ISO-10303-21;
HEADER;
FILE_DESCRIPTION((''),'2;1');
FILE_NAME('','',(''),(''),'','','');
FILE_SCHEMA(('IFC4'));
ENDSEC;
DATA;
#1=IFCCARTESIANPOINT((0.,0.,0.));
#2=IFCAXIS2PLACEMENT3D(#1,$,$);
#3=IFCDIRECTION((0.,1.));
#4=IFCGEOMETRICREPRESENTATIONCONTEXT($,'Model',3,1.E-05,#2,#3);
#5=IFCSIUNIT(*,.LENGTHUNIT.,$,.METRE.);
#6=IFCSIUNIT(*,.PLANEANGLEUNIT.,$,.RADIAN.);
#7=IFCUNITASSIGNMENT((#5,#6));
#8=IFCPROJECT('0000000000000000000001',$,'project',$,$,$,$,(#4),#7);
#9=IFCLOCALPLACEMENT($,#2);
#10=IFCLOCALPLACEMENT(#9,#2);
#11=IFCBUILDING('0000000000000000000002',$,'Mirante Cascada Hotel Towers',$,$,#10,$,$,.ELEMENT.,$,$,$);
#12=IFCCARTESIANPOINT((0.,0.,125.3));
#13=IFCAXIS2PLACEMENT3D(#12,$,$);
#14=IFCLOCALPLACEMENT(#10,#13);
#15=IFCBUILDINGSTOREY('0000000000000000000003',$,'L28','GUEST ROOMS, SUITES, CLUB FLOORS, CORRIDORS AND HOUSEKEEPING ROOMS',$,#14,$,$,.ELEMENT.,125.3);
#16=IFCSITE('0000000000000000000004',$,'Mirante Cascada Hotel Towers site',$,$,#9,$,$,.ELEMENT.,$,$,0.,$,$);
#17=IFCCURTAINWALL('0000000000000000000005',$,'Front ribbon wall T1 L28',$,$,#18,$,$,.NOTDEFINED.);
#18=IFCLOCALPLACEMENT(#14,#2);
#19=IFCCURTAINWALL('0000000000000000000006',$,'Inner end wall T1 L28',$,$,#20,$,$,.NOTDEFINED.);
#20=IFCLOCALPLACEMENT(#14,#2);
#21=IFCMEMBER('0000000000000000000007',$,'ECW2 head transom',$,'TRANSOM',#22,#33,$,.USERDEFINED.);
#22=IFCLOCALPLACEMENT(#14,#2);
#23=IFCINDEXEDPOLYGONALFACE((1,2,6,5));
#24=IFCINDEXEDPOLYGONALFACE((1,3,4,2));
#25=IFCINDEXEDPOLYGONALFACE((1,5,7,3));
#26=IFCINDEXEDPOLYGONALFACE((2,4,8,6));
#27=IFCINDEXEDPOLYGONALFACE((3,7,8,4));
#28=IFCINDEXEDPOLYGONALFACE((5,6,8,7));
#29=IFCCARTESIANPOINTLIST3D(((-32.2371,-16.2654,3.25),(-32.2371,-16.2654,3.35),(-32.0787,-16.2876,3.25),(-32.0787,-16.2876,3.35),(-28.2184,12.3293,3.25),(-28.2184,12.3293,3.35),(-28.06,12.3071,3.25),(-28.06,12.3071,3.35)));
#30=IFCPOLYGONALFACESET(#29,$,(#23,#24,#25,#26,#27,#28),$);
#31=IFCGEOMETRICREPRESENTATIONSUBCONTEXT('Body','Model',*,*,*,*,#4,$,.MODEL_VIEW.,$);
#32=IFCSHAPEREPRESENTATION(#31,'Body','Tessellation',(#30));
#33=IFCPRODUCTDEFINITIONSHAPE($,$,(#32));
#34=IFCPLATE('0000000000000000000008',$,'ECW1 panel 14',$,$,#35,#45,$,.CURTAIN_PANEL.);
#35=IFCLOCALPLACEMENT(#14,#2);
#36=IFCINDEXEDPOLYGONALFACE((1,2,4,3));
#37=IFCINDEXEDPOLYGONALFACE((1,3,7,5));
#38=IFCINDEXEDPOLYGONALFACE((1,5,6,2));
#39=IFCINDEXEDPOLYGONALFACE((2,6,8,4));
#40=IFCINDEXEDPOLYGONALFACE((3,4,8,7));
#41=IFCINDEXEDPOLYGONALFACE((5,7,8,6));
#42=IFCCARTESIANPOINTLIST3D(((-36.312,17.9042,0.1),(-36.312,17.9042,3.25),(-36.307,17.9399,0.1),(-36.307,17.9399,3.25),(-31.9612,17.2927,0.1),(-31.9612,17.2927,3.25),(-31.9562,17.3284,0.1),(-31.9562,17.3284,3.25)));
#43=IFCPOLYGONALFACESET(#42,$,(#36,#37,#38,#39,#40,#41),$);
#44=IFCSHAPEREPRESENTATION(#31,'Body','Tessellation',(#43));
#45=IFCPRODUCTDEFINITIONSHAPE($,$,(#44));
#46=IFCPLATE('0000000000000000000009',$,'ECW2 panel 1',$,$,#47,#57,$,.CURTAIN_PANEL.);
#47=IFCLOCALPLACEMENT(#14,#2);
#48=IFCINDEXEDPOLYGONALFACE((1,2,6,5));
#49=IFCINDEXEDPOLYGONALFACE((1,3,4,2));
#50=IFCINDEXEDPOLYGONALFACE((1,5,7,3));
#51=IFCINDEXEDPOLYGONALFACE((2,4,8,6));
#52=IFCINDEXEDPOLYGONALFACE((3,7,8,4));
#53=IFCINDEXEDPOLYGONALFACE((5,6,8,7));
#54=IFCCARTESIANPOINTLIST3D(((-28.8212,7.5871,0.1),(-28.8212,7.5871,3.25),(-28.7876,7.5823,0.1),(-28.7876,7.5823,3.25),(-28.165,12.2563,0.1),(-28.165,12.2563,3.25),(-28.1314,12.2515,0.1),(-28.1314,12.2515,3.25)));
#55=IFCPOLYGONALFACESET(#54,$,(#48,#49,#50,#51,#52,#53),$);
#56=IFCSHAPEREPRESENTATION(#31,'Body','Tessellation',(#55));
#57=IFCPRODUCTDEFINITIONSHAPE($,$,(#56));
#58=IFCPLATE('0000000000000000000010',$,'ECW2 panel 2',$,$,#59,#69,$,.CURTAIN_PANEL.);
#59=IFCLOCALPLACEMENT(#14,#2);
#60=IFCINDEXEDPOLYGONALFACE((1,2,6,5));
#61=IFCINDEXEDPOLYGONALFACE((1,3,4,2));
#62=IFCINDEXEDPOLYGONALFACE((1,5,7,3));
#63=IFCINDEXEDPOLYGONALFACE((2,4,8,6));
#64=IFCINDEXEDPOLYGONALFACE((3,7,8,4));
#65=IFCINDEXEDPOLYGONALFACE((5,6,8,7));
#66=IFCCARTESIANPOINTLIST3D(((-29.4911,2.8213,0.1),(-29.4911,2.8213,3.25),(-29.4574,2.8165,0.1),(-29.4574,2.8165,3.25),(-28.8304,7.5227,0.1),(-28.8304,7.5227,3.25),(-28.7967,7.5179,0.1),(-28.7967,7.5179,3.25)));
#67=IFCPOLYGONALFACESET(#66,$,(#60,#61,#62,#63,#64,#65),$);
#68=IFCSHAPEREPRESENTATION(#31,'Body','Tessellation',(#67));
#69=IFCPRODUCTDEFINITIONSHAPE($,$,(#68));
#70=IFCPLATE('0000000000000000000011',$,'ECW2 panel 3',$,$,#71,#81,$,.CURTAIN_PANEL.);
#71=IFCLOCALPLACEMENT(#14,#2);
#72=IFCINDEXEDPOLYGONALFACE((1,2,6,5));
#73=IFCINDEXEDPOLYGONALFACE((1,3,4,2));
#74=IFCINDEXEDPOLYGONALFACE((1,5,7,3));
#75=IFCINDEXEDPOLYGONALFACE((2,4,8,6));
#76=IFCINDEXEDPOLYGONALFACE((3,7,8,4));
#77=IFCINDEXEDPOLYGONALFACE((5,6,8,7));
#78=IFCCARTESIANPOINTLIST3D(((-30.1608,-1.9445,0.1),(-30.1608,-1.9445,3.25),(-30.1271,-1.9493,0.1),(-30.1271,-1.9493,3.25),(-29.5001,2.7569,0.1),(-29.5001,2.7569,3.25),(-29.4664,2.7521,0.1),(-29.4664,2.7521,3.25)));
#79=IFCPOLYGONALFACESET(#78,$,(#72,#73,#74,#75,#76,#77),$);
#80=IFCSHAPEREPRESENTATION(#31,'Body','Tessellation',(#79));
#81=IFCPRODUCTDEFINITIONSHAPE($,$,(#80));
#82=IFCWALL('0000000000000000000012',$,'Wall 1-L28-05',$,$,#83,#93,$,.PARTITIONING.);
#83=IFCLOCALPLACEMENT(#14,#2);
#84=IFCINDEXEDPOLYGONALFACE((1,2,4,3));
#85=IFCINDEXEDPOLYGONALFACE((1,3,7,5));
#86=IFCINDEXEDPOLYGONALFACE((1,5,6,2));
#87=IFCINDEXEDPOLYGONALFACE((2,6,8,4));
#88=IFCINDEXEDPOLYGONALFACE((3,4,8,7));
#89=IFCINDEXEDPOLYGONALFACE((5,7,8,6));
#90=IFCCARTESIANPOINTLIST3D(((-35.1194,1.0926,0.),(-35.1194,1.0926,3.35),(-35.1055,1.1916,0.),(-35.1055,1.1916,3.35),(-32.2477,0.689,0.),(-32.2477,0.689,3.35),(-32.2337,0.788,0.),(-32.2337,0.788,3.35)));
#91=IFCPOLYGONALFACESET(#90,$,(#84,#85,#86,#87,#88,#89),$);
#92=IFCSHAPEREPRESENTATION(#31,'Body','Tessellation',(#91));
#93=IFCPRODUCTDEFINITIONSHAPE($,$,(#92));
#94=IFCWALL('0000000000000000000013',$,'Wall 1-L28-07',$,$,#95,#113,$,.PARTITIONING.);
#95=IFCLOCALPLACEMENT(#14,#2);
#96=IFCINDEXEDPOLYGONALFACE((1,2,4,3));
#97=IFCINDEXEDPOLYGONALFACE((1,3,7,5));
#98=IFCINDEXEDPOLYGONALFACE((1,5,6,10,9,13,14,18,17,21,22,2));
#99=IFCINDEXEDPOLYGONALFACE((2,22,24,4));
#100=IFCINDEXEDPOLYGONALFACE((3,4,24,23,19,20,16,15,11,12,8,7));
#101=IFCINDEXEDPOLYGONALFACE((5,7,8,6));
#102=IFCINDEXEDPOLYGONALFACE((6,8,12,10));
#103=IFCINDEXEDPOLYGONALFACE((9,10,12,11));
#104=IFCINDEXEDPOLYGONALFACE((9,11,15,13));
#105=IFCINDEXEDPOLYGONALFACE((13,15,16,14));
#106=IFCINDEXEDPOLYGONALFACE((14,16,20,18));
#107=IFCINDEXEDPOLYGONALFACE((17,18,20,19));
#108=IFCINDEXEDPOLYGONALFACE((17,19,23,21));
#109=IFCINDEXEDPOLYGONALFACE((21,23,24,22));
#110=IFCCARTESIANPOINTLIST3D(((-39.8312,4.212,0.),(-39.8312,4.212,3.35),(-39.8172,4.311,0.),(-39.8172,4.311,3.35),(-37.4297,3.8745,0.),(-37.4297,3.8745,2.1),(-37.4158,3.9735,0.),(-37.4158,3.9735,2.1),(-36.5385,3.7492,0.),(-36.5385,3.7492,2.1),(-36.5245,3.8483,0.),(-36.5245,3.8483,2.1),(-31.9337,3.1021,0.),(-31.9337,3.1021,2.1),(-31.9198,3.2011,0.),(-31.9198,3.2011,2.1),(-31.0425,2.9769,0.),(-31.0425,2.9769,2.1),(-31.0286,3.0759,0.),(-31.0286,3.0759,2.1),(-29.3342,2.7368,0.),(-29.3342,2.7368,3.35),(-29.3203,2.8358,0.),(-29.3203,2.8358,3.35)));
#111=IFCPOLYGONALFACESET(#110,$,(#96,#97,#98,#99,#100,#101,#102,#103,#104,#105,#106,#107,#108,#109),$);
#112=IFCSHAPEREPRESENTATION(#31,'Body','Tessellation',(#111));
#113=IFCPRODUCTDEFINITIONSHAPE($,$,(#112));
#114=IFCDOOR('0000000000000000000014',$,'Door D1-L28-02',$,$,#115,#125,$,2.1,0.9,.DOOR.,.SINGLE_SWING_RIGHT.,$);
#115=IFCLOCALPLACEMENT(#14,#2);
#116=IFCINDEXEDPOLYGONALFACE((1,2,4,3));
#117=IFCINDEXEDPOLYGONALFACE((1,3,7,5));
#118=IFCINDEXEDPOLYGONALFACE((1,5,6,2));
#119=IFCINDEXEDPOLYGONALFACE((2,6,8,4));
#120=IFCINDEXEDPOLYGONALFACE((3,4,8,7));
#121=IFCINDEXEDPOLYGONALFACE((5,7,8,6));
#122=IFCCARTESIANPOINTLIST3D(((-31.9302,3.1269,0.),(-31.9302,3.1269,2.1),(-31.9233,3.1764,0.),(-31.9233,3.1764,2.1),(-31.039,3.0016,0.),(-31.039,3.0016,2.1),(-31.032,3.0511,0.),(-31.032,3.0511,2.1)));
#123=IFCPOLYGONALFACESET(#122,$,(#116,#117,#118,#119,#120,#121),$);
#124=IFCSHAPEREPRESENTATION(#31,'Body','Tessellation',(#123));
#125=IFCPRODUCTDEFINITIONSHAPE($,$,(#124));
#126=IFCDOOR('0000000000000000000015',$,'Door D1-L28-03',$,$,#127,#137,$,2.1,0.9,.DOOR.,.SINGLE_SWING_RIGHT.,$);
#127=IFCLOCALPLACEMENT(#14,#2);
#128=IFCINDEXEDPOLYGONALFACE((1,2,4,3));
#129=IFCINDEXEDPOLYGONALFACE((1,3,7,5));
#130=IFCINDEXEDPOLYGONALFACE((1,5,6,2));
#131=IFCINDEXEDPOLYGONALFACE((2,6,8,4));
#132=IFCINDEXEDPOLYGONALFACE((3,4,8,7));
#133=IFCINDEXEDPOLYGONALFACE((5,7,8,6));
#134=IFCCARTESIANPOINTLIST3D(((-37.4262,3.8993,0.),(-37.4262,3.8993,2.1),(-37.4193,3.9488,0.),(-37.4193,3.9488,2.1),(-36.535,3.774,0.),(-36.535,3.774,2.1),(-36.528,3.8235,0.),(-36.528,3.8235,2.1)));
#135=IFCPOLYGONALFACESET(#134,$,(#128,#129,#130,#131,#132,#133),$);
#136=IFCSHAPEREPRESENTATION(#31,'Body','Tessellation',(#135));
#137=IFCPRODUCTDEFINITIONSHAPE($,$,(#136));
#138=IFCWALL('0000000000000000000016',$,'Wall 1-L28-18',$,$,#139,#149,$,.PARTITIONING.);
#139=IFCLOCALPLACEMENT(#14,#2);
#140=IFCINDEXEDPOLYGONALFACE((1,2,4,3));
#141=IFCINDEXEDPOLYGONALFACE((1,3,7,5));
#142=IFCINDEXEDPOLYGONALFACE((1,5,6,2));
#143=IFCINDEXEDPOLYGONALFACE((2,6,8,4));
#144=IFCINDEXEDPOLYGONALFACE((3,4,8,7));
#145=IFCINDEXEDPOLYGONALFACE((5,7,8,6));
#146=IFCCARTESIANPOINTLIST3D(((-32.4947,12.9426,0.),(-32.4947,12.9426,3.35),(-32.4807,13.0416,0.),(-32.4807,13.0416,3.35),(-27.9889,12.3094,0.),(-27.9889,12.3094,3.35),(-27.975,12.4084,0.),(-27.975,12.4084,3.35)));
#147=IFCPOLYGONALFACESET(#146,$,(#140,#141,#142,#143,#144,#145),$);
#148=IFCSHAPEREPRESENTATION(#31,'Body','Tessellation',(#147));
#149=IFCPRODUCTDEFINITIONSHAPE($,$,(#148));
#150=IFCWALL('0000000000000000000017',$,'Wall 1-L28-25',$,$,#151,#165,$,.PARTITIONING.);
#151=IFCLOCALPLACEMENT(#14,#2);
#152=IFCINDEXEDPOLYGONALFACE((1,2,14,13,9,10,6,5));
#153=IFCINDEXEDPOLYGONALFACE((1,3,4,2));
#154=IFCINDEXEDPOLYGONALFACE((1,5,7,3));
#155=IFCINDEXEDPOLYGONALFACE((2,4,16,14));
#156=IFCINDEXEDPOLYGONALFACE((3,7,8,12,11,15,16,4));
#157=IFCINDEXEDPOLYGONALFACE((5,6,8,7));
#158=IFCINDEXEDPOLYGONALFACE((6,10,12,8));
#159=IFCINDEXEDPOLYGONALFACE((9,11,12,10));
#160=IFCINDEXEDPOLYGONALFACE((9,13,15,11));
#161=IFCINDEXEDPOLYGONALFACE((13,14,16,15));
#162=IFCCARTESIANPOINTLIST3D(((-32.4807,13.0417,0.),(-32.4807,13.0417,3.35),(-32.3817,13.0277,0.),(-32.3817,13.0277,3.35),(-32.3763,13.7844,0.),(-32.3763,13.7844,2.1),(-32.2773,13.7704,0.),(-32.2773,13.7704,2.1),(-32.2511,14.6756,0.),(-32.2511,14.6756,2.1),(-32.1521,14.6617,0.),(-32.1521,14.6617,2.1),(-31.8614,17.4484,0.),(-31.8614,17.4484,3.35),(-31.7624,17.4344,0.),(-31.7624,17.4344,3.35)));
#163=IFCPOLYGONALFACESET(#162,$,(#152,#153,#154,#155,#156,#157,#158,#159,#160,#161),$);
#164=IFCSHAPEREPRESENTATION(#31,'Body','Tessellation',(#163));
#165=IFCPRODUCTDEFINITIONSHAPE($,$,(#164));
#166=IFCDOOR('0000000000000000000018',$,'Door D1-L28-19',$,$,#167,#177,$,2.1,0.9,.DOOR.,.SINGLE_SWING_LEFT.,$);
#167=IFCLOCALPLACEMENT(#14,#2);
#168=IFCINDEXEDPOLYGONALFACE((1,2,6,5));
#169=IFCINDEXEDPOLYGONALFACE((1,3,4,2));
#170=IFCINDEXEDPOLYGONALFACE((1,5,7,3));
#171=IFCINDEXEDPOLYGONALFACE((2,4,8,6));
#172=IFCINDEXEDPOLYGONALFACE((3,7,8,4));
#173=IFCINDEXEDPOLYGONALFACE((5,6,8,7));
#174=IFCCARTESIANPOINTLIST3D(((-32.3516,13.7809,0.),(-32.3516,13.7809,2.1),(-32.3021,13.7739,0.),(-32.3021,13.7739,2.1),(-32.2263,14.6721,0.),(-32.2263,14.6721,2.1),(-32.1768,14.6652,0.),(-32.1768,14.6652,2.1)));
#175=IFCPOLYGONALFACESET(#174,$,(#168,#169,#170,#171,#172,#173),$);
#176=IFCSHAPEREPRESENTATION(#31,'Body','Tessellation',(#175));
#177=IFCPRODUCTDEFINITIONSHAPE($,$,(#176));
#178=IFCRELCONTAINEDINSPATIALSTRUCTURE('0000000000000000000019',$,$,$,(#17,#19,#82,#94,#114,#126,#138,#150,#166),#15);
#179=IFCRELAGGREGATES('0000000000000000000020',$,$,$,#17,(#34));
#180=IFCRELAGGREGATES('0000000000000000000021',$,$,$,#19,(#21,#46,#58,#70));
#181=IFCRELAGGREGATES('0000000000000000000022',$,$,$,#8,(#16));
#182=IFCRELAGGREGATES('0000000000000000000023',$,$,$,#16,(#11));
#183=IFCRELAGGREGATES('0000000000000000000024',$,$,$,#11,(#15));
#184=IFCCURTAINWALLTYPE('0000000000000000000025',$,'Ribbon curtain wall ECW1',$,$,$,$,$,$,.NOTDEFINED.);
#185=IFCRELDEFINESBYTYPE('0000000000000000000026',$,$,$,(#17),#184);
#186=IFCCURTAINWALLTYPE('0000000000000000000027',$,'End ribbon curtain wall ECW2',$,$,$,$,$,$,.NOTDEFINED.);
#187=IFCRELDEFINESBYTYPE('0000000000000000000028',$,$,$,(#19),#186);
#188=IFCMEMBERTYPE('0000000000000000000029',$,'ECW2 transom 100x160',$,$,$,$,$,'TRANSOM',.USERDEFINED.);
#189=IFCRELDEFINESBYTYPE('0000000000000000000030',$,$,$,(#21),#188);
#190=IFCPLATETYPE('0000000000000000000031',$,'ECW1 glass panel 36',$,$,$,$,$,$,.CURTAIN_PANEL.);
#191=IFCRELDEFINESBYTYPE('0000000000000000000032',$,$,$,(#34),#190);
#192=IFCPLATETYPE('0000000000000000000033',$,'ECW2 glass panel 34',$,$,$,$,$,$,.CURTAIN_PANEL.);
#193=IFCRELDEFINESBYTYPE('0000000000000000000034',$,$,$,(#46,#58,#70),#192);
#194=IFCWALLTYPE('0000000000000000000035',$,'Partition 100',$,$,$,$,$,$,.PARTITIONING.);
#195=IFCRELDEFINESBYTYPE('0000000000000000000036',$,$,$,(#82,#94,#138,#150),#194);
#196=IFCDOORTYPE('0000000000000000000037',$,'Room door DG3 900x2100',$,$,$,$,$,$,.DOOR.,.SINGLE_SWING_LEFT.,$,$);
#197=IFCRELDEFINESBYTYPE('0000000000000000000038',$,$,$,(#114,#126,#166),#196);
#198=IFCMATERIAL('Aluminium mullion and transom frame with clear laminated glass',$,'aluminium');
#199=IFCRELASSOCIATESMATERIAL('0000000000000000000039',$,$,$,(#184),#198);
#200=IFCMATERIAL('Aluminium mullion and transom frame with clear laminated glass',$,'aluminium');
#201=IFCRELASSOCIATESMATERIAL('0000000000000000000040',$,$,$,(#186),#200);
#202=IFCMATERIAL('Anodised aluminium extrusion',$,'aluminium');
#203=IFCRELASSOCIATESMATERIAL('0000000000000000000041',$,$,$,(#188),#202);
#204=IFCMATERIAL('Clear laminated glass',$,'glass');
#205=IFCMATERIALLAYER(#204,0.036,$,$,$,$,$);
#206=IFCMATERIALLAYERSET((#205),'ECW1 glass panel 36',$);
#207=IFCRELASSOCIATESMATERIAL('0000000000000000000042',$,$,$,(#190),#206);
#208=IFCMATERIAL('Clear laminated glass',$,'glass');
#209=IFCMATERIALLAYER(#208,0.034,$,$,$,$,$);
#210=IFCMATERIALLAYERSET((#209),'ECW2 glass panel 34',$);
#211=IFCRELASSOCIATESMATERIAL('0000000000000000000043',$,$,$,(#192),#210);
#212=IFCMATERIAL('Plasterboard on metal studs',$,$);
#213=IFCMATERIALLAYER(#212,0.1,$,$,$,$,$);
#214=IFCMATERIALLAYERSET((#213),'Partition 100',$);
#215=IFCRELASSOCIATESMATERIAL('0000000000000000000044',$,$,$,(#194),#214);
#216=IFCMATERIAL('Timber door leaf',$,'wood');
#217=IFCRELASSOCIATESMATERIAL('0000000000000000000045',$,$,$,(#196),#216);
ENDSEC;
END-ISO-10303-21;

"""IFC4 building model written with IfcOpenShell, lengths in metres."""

from ifc_helpers import new_model, si_unit, direction, frame, frame_2d, origin, origin_2d, place, context, subcontext, project, spatial, rectangle, extrude, material, layer, layer_set, material_profile, profile_set, type_object, element, fill, aggregate, save


model = new_model("IFC4")

# Units and contexts
model_context = context("Model", 3, precision=1e-05, world=origin(), true_north=direction((0.0, 1.0)))
body_context = subcontext(model_context, "Body", "Model", "MODEL_VIEW")
ifc_project = project(units=[si_unit("LENGTHUNIT", "METRE"), si_unit("PLANEANGLEUNIT", "RADIAN")], contexts=[model_context])

# Site, building, storey
site_placement = place(None, origin())
site = spatial("IfcSite", under=ifc_project, at=site_placement, Name="Mirante Cascada Hotel Towers site", CompositionType="ELEMENT", RefElevation=0.0)
building_placement = place(site_placement, origin())
building = spatial("IfcBuilding", under=site, at=building_placement, Name="Mirante Cascada Hotel Towers", CompositionType="ELEMENT")
storey_placement = place(building_placement, frame((0.0, 0.0, 125.3)))
storey = spatial("IfcBuildingStorey", under=building, at=storey_placement, Name="L28", Description="GUEST ROOMS, SUITES, CLUB FLOORS, CORRIDORS AND HOUSEKEEPING ROOMS", CompositionType="ELEMENT", Elevation=125.3)

# Curtain walls, member
ifc_material_1 = material(Name="Aluminium mullion and transom frame with clear laminated glass", Category="aluminium")
curtain_wall_type_1 = type_object("IfcCurtainWallType", Name="Ribbon curtain wall ECW1", PredefinedType="NOTDEFINED", material=ifc_material_1)
curtain_wall_1_placement = place(storey_placement, origin())
curtain_wall_1 = element("IfcCurtainWall", 1, at=curtain_wall_1_placement, inside=storey, type_object=curtain_wall_type_1, Name="Front ribbon wall T1 L28", PredefinedType="NOTDEFINED")
ifc_material_2 = material(Name="Aluminium mullion and transom frame with clear laminated glass", Category="aluminium")
curtain_wall_type_2 = type_object("IfcCurtainWallType", Name="End ribbon curtain wall ECW2", PredefinedType="NOTDEFINED", material=ifc_material_2)
curtain_wall_2_placement = place(storey_placement, origin())
curtain_wall_2 = element("IfcCurtainWall", 2, at=curtain_wall_2_placement, inside=storey, type_object=curtain_wall_type_2, Name="Inner end wall T1 L28", PredefinedType="NOTDEFINED")
ifc_material_3 = material(Name="Anodised aluminium extrusion", Category="aluminium")
ifc_material_profile_1 = material_profile(ifc_material_3, rectangle(XDim=0.16, YDim=0.1, at=origin_2d()), Name="ECW2 TRANSOM 100x160")
ifc_profile_set_1 = profile_set([ifc_material_profile_1], Name="Anodised aluminium extrusion")
member_type_1 = type_object("IfcMemberType", Name="ECW2 transom 100x160", ElementType="TRANSOM", PredefinedType="USERDEFINED", material=ifc_profile_set_1)
member_1_placement = place(storey_placement, frame((-28.1392, 12.3182, 3.3), z_axis=(-0.139172, -0.990268, 0.0), x_axis=(0.990268, -0.139172, 0.0)))
member_1 = element("IfcMember", 3, at=member_1_placement, type_object=member_type_1, Name="ECW2 head transom", ObjectType="TRANSOM", PredefinedType="USERDEFINED", context=body_context, shape_type="SweptSolid", body=[
    extrude(rectangle(XDim=0.16, YDim=0.1, at=origin_2d()), origin(), (0.0, 0.0, 1.0), 28.8757),
])

# Plates
ifc_material_4 = material(Name="Clear laminated glass", Category="glass")
ifc_layer_1 = layer(ifc_material_4, 0.036)
ifc_layer_set_1 = layer_set([ifc_layer_1], Name="ECW1 glass panel 36")
plate_type_1 = type_object("IfcPlateType", Name="ECW1 glass panel 36", PredefinedType="CURTAIN_PANEL", material=ifc_layer_set_1)
plate_1_placement = place(storey_placement, frame((-34.1341, 17.6163, 0.1), z_axis=(0.0, 0.0, 1.0), x_axis=(0.990268, -0.139173, 0.0)))
plate_1 = element("IfcPlate", 4, at=plate_1_placement, type_object=plate_type_1, Name="ECW1 panel 14", PredefinedType="CURTAIN_PANEL", context=body_context, shape_type="SweptSolid", body=[
    extrude(rectangle(XDim=4.3936, YDim=0.036, at=origin_2d()), origin(), (0.0, 0.0, 1.0), 3.15),
])
aggregate(curtain_wall_1, [plate_1])
ifc_material_5 = material(Name="Clear laminated glass", Category="glass")
ifc_layer_2 = layer(ifc_material_5, 0.034)
ifc_layer_set_2 = layer_set([ifc_layer_2], Name="ECW2 glass panel 34")
plate_type_2 = type_object("IfcPlateType", Name="ECW2 glass panel 34", PredefinedType="CURTAIN_PANEL", material=ifc_layer_set_2)
plate_2_placement = place(storey_placement, frame((-28.4763, 9.9193, 0.1), z_axis=(0.0, 0.0, 1.0), x_axis=(-0.139173, -0.990268, 0.0)))
plate_2 = element("IfcPlate", 5, at=plate_2_placement, type_object=plate_type_2, Name="ECW2 panel 1", PredefinedType="CURTAIN_PANEL", context=body_context, shape_type="SweptSolid", body=[
    extrude(rectangle(XDim=4.7151, YDim=0.034, at=origin_2d()), origin(), (0.0, 0.0, 1.0), 3.15),
])
plate_3_placement = place(storey_placement, frame((-29.1439, 5.1696, 0.1), z_axis=(0.0, 0.0, 1.0), x_axis=(-0.139173, -0.990268, 0.0)))
plate_3 = element("IfcPlate", 6, at=plate_3_placement, type_object=plate_type_2, Name="ECW2 panel 2", PredefinedType="CURTAIN_PANEL", context=body_context, shape_type="SweptSolid", body=[
    extrude(rectangle(XDim=4.7476, YDim=0.034, at=origin_2d()), origin(), (0.0, 0.0, 1.0), 3.15),
])
plate_4_placement = place(storey_placement, frame((-29.8136, 0.4038, 0.1), z_axis=(0.0, 0.0, 1.0), x_axis=(-0.139173, -0.990268, 0.0)))
plate_4 = element("IfcPlate", 7, at=plate_4_placement, type_object=plate_type_2, Name="ECW2 panel 3", PredefinedType="CURTAIN_PANEL", context=body_context, shape_type="SweptSolid", body=[
    extrude(rectangle(XDim=4.7476, YDim=0.034, at=origin_2d()), origin(), (0.0, 0.0, 1.0), 3.15),
])
aggregate(curtain_wall_2, [member_1, plate_2, plate_3, plate_4])

# Wall
ifc_material_6 = material(Name="Plasterboard on metal studs")
ifc_layer_3 = layer(ifc_material_6, 0.1)
ifc_layer_set_3 = layer_set([ifc_layer_3], Name="Partition 100")
wall_type_1 = type_object("IfcWallType", Name="Partition 100", PredefinedType="PARTITIONING", material=ifc_layer_set_3)
wall_1_placement = place(storey_placement, frame((-32.2407, 0.7385, 0.0), z_axis=(0.0, 0.0, 1.0), x_axis=(-0.990268, 0.139171, 0.0)))
element("IfcWall", 8, at=wall_1_placement, inside=storey, type_object=wall_type_1, Name="Wall 1-L28-05", PredefinedType="PARTITIONING", context=body_context, shape_type="SweptSolid", body=[
    extrude(rectangle(XDim=2.9, YDim=0.1, at=frame_2d((1.45, 0.0))), origin(), (0.0, 0.0, 1.0), 3.35),
])

# Wall, openings, doors
wall_2_placement = place(storey_placement, frame((-29.3273, 2.7863, 0.0), z_axis=(0.0, 0.0, 1.0), x_axis=(-0.990269, 0.139169, 0.0)))
wall_2 = element("IfcWall", 9, at=wall_2_placement, inside=storey, type_object=wall_type_1, Name="Wall 1-L28-07", PredefinedType="PARTITIONING", context=body_context, shape_type="SweptSolid", body=[
    extrude(rectangle(XDim=10.6001, YDim=0.1, at=frame_2d((5.3, 0.0))), origin(), (0.0, 0.0, 1.0), 3.35),
])
opening_1_placement = place(wall_2_placement, frame((1.725, 0.0, 0.0)))
opening_1 = element("IfcOpeningElement", 10, at=opening_1_placement, cuts=wall_2, PredefinedType="OPENING", context=body_context, shape_type="SweptSolid", body=[
    extrude(rectangle(XDim=0.9, YDim=2.1, at=frame_2d((0.45, 1.05))), frame((0.0, 0.05, 0.0), z_axis=(0.0, -1.0, 0.0), x_axis=(1.0, 0.0, 0.0)), (0.0, 0.0, 1.0), 0.1),
])
opening_2_placement = place(wall_2_placement, frame((7.275, 0.0, 0.0)))
opening_2 = element("IfcOpeningElement", 11, at=opening_2_placement, cuts=wall_2, PredefinedType="OPENING", context=body_context, shape_type="SweptSolid", body=[
    extrude(rectangle(XDim=0.9, YDim=2.1, at=frame_2d((0.45, 1.05))), frame((0.0, 0.05, 0.0), z_axis=(0.0, -1.0, 0.0), x_axis=(1.0, 0.0, 0.0)), (0.0, 0.0, 1.0), 0.1),
])
ifc_material_7 = material(Name="Timber door leaf", Category="wood")
door_type = type_object("IfcDoorType", Name="Room door DG3 900x2100", OperationType="SINGLE_SWING_LEFT", PredefinedType="DOOR", material=ifc_material_7)
door_1_placement = place(opening_1_placement, frame((0.9, 0.0, 0.0), z_axis=(0.0, 0.0, 1.0), x_axis=(-1.0, 0.0, 0.0)))
door_1 = element("IfcDoor", 12, at=door_1_placement, inside=storey, type_object=door_type, Name="Door D1-L28-02", OperationType="SINGLE_SWING_RIGHT", OverallHeight=2.1, OverallWidth=0.9, PredefinedType="DOOR", context=body_context, shape_type="SweptSolid", body=[
    extrude(rectangle(XDim=0.9, YDim=2.1, at=frame_2d((0.45, 1.05))), frame((0.0, 0.025, 0.0), z_axis=(0.0, -1.0, 0.0), x_axis=(1.0, 0.0, 0.0)), (0.0, 0.0, 1.0), 0.05),
])
fill(opening_1, door_1)
door_2_placement = place(opening_2_placement, frame((0.9, 0.0, 0.0), z_axis=(0.0, 0.0, 1.0), x_axis=(-1.0, 0.0, 0.0)))
door_2 = element("IfcDoor", 13, at=door_2_placement, inside=storey, type_object=door_type, Name="Door D1-L28-03", OperationType="SINGLE_SWING_RIGHT", OverallHeight=2.1, OverallWidth=0.9, PredefinedType="DOOR", context=body_context, shape_type="SweptSolid", body=[
    extrude(rectangle(XDim=0.9, YDim=2.1, at=frame_2d((0.45, 1.05))), frame((0.0, 0.025, 0.0), z_axis=(0.0, -1.0, 0.0), x_axis=(1.0, 0.0, 0.0)), (0.0, 0.0, 1.0), 0.05),
])
fill(opening_2, door_2)

# Wall
wall_3_placement = place(storey_placement, frame((-32.4877, 12.9921, 0.0), z_axis=(0.0, 0.0, 1.0), x_axis=(0.990269, -0.139166, 0.0)))
element("IfcWall", 14, at=wall_3_placement, inside=storey, type_object=wall_type_1, Name="Wall 1-L28-18", PredefinedType="PARTITIONING", context=body_context, shape_type="SweptSolid", body=[
    extrude(rectangle(XDim=4.55, YDim=0.1, at=frame_2d((2.275, 0.0))), origin(), (0.0, 0.0, 1.0), 3.35),
])

# Wall, opening, door
wall_4_placement = place(storey_placement, frame((-32.4312, 13.0347, 0.0), z_axis=(0.0, 0.0, 1.0), x_axis=(0.139168, 0.990269, 0.0)))
wall_4 = element("IfcWall", 15, at=wall_4_placement, inside=storey, type_object=wall_type_1, Name="Wall 1-L28-25", PredefinedType="PARTITIONING", context=body_context, shape_type="SweptSolid", body=[
    extrude(rectangle(XDim=4.45, YDim=0.1, at=frame_2d((2.225, 0.0))), origin(), (0.0, 0.0, 1.0), 3.35),
])
opening_3_placement = place(wall_4_placement, frame((0.75, 0.0, 0.0)))
opening_3 = element("IfcOpeningElement", 16, at=opening_3_placement, cuts=wall_4, PredefinedType="OPENING", context=body_context, shape_type="SweptSolid", body=[
    extrude(rectangle(XDim=0.9, YDim=2.1, at=frame_2d((0.45, 1.05))), frame((0.0, 0.05, 0.0), z_axis=(0.0, -1.0, 0.0), x_axis=(1.0, 0.0, 0.0)), (0.0, 0.0, 1.0), 0.1),
])
door_3_placement = place(opening_3_placement, origin())
door_3 = element("IfcDoor", 17, at=door_3_placement, inside=storey, type_object=door_type, Name="Door D1-L28-19", OperationType="SINGLE_SWING_LEFT", OverallHeight=2.1, OverallWidth=0.9, PredefinedType="DOOR", context=body_context, shape_type="SweptSolid", body=[
    extrude(rectangle(XDim=0.9, YDim=2.1, at=frame_2d((0.45, 1.05))), frame((0.0, 0.025, 0.0), z_axis=(0.0, -1.0, 0.0), x_axis=(1.0, 0.0, 0.0)), (0.0, 0.0, 1.0), 0.05),
])
fill(opening_3, door_3)

save(model, "model.ifc")
